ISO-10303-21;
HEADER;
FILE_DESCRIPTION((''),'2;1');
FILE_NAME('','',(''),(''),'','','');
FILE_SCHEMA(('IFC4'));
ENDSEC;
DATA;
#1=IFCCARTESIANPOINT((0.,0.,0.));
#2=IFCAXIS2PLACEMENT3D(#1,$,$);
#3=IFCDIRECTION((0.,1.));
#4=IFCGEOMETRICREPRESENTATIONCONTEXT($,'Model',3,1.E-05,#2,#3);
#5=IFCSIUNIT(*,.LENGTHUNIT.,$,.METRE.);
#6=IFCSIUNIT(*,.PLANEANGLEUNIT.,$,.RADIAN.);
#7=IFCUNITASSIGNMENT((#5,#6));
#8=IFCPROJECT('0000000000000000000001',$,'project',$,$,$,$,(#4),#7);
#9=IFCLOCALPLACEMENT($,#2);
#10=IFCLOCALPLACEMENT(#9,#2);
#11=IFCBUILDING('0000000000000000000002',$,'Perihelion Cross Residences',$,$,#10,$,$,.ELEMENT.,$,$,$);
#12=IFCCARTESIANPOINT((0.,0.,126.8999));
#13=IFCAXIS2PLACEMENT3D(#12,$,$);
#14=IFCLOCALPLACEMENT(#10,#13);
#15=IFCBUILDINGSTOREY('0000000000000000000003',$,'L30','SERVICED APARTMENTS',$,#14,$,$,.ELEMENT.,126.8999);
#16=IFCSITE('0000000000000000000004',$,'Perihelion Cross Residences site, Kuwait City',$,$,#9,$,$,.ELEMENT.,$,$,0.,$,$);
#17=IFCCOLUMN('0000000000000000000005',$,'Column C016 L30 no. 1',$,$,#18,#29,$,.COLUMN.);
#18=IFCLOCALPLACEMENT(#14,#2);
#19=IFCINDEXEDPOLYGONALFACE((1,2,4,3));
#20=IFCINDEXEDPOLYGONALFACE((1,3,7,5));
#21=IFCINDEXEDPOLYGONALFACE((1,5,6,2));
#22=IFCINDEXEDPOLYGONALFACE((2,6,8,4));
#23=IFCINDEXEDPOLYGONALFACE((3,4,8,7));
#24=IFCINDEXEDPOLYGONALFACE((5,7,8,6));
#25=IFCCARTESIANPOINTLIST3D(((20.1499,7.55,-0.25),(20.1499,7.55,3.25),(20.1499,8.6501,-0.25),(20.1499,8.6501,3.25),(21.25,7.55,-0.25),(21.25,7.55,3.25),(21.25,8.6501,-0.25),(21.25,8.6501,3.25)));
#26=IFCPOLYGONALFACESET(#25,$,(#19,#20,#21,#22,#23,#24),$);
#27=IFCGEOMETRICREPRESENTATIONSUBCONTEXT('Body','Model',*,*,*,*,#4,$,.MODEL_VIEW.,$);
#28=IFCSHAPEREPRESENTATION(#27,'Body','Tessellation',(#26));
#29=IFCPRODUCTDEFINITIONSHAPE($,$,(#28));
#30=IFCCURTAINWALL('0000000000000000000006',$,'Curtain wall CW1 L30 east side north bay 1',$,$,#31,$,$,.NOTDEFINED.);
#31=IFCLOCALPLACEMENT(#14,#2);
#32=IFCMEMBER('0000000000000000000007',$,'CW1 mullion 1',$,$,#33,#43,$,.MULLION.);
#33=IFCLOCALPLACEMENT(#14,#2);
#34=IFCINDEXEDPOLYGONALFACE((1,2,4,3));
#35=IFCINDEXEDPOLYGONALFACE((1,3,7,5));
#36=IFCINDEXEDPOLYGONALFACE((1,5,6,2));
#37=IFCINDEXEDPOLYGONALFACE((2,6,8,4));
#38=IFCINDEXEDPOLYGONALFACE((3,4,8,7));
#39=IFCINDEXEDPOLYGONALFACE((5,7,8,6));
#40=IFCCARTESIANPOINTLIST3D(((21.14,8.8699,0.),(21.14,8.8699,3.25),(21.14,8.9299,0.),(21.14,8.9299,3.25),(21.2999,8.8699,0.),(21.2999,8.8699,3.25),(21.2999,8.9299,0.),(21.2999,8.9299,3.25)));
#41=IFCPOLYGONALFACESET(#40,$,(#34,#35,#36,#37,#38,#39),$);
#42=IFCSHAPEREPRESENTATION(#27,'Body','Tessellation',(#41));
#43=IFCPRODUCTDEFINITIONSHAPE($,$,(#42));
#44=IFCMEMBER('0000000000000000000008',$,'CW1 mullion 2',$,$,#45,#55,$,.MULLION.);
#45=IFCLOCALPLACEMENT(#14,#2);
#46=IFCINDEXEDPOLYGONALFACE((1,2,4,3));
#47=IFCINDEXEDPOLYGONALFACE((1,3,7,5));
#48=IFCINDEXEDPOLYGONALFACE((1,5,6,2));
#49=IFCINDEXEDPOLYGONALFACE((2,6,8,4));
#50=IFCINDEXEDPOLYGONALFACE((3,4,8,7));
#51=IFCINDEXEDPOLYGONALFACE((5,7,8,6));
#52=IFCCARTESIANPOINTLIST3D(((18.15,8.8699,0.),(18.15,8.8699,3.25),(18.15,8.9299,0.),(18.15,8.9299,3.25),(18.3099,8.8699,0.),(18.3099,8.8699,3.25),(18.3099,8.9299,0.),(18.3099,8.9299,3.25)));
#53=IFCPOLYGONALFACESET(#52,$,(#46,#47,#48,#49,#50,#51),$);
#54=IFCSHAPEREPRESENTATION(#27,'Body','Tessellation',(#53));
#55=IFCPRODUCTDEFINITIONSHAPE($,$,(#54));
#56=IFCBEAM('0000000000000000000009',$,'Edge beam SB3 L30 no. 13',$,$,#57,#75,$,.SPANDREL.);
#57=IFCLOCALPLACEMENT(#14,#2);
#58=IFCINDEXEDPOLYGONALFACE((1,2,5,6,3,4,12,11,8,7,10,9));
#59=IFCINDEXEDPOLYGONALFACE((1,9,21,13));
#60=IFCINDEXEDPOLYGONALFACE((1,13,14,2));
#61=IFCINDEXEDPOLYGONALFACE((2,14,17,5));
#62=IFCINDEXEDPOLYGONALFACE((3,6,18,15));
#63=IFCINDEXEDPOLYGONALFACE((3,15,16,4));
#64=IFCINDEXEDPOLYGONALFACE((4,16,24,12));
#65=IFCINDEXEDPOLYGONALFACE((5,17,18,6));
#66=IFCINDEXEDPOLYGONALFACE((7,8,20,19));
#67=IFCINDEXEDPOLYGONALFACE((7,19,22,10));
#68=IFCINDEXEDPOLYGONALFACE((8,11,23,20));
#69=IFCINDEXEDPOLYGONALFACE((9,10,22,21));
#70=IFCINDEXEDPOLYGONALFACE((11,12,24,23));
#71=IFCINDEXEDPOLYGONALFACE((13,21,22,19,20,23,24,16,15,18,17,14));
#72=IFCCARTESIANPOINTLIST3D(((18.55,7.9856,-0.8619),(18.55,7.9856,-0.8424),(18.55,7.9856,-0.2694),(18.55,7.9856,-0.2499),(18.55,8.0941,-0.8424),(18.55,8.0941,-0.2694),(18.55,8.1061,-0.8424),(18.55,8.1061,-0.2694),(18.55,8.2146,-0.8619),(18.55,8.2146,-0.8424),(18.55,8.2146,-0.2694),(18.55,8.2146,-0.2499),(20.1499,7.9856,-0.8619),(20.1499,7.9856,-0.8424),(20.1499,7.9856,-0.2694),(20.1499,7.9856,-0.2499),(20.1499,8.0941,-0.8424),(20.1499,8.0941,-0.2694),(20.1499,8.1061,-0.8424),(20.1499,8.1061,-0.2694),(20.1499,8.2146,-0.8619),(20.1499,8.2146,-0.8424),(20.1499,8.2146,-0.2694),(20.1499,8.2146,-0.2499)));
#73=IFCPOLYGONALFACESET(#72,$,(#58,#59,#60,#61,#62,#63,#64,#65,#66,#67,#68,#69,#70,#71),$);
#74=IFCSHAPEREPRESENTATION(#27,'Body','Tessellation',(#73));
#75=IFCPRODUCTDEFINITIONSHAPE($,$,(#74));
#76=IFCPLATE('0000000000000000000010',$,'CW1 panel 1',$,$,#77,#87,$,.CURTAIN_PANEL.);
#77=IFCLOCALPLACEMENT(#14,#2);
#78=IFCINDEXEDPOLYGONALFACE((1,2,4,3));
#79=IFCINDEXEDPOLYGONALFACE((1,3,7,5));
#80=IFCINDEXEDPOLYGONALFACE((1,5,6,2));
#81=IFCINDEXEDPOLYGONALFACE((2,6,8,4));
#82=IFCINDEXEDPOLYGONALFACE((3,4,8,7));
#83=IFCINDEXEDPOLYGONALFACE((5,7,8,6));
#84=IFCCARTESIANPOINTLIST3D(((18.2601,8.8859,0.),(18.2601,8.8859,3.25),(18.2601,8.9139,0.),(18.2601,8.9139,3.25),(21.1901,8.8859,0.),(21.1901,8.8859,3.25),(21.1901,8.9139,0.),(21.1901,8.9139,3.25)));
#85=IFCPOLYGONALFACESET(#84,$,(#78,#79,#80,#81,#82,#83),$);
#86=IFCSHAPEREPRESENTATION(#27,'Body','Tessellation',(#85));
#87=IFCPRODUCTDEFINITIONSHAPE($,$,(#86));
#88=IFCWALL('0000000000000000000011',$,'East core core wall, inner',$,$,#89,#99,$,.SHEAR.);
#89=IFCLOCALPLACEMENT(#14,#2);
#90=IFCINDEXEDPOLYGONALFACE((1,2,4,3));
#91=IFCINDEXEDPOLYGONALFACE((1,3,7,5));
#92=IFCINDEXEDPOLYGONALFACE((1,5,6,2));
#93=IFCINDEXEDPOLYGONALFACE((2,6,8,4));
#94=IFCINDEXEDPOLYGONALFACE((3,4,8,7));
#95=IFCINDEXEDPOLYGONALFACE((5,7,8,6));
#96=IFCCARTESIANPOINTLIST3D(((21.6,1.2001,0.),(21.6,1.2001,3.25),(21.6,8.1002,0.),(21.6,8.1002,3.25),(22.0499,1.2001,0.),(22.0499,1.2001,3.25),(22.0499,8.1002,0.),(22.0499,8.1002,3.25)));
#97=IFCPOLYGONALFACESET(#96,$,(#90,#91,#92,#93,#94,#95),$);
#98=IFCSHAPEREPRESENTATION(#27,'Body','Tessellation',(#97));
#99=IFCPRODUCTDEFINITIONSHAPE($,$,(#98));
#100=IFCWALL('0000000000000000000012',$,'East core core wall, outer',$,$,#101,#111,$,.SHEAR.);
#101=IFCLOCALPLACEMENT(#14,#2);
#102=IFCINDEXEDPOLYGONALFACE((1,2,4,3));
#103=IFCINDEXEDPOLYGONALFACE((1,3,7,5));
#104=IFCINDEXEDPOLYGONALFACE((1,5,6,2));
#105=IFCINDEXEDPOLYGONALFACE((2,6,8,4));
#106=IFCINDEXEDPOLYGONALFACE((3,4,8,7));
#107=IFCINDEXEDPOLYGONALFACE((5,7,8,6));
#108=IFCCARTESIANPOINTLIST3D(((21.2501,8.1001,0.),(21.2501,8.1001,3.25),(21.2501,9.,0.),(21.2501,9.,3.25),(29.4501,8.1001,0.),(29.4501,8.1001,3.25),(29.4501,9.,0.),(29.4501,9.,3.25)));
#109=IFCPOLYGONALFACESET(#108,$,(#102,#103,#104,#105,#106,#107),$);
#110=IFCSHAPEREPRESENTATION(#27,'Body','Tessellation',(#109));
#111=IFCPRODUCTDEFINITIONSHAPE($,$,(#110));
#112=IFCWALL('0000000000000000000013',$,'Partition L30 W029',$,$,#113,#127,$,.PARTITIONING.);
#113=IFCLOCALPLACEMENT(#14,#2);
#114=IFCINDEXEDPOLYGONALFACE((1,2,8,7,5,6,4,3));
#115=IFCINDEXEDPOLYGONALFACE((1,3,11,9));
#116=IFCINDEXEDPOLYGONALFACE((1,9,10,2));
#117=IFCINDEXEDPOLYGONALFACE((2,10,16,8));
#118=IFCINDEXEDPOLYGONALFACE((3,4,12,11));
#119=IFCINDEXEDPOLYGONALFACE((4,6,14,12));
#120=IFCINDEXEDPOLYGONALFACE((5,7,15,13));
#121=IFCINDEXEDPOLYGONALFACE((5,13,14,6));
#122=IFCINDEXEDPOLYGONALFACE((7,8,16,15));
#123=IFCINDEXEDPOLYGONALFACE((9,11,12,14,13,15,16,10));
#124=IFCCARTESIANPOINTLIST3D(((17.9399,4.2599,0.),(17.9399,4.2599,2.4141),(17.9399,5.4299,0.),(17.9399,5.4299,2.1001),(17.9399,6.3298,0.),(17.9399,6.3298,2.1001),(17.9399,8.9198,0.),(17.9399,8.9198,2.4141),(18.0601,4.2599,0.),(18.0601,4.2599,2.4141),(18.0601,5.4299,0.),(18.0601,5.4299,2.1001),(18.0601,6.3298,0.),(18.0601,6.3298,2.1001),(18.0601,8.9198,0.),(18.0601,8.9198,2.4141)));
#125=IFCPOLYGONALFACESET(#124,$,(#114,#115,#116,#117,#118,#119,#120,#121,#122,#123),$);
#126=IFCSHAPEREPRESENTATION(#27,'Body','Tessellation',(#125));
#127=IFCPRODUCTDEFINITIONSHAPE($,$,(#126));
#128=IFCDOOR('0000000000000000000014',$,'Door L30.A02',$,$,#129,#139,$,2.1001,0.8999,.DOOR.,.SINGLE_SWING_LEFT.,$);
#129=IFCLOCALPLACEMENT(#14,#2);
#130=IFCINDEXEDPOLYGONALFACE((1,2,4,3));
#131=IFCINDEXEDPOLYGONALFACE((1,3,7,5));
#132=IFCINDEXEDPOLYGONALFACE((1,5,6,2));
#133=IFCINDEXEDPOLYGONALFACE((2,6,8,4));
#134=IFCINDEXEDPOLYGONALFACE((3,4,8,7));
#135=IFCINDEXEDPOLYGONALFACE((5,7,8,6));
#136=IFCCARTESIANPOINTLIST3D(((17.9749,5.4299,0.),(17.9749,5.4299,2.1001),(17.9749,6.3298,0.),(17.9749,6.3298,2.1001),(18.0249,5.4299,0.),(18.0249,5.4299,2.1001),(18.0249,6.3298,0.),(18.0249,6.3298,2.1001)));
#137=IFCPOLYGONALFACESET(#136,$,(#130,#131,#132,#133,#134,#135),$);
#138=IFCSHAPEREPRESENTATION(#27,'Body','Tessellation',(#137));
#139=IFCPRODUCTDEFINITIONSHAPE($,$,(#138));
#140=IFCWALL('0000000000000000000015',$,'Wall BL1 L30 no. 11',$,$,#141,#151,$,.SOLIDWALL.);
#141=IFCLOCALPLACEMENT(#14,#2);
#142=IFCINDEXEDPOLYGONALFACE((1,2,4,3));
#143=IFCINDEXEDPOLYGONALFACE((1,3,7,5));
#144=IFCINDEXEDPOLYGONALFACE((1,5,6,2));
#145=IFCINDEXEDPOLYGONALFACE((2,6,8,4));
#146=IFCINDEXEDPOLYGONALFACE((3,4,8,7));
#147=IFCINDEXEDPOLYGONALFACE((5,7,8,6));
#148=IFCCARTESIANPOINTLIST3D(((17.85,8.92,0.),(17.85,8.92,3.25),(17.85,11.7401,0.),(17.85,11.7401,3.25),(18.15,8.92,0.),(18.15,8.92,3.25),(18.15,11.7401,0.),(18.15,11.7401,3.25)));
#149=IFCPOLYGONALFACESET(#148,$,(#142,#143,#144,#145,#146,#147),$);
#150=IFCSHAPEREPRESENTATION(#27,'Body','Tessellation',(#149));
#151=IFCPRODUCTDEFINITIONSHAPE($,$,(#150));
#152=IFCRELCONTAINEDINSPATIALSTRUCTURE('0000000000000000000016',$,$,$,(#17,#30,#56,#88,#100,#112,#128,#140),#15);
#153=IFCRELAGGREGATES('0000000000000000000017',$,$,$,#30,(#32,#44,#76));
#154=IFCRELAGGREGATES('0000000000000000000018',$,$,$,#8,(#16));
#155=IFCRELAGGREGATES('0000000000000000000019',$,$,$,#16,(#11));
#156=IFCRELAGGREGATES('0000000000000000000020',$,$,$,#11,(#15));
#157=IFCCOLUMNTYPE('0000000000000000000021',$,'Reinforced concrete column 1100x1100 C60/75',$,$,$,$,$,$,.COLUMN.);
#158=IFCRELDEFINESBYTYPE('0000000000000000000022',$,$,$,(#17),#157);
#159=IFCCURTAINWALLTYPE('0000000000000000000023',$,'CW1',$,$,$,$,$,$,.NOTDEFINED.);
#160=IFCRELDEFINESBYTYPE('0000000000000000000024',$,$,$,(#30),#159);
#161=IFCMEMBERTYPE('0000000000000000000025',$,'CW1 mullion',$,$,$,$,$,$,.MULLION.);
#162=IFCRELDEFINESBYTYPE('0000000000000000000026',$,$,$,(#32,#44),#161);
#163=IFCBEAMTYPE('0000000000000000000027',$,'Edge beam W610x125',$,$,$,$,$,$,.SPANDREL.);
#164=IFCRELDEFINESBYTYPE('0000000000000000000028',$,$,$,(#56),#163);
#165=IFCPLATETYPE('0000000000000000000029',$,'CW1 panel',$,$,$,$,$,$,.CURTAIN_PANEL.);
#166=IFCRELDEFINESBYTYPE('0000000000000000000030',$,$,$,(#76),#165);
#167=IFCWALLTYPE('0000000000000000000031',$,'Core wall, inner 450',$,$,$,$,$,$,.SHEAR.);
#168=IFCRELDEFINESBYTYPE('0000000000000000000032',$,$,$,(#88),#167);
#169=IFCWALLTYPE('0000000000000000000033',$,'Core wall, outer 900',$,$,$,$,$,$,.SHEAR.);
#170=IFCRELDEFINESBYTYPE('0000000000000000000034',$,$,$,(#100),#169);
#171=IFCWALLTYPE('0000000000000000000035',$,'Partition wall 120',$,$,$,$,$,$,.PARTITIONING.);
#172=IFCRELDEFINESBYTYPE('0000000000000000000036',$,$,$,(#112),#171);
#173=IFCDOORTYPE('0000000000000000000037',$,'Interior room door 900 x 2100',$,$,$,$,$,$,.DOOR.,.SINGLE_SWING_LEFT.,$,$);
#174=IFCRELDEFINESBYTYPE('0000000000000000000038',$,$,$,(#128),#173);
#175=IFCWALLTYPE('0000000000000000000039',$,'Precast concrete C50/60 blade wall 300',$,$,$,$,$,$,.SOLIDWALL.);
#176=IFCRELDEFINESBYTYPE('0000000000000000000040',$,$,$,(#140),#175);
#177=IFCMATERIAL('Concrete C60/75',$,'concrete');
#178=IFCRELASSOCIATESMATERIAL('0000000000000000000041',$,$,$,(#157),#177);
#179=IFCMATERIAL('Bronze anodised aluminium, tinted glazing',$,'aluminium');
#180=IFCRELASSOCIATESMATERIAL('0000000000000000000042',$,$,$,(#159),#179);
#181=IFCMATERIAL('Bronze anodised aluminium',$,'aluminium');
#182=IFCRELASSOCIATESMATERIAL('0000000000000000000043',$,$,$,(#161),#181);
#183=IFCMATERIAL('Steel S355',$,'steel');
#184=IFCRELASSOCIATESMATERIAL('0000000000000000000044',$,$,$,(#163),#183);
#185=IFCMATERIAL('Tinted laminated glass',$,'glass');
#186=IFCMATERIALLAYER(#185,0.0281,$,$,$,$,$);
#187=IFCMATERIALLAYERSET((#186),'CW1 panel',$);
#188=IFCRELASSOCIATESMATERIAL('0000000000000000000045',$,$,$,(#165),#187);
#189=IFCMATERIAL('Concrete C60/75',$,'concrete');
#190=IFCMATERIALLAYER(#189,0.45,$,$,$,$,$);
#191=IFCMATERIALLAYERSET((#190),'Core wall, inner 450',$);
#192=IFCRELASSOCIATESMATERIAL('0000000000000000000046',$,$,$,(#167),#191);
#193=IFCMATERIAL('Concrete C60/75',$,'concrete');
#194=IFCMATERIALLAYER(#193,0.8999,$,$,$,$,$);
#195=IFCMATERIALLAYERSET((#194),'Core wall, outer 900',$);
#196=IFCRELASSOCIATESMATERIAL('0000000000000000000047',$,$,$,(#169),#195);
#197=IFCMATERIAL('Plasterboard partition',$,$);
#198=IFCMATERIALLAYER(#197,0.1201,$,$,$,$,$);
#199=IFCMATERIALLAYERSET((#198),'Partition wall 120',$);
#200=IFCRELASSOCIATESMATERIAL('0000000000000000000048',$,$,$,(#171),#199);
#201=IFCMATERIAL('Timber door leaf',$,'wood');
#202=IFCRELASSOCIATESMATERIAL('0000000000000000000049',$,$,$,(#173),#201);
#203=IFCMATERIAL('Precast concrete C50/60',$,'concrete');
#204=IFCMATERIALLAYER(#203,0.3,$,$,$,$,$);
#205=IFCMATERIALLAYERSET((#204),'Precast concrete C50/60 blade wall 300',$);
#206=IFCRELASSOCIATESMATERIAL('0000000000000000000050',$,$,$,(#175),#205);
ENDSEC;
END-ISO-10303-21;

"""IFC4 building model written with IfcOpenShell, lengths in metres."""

from ifc_helpers import new_model, si_unit, direction, frame, frame_2d, origin, origin_2d, place, context, subcontext, project, spatial, rectangle, i_section, extrude, material, layer, layer_set, material_profile, profile_set, type_object, element, fill, aggregate, save


model = new_model("IFC4")

# Units and contexts
model_context = context("Model", 3, precision=1e-05, world=origin(), true_north=direction((0.0, 1.0)))
body_context = subcontext(model_context, "Body", "Model", "MODEL_VIEW")
ifc_project = project(units=[si_unit("LENGTHUNIT", "METRE"), si_unit("PLANEANGLEUNIT", "RADIAN")], contexts=[model_context])

# Site, building, storey
site_placement = place(None, origin())
site = spatial("IfcSite", under=ifc_project, at=site_placement, Name="Perihelion Cross Residences site, Kuwait City", CompositionType="ELEMENT", RefElevation=0.0)
building_placement = place(site_placement, origin())
building = spatial("IfcBuilding", under=site, at=building_placement, Name="Perihelion Cross Residences", CompositionType="ELEMENT")
storey_placement = place(building_placement, frame((0.0, 0.0, 126.8999)))
storey = spatial("IfcBuildingStorey", under=building, at=storey_placement, Name="L30", Description="SERVICED APARTMENTS", CompositionType="ELEMENT", Elevation=126.8999)

# Column
ifc_material_1 = material(Name="Concrete C60/75", Category="concrete")
ifc_material_profile_1 = material_profile(ifc_material_1, rectangle(XDim=1.1001, YDim=1.1001, at=origin_2d()), Name="RC 1100x1100")
ifc_profile_set_1 = profile_set([ifc_material_profile_1], Name="Concrete C60/75")
column_type = type_object("IfcColumnType", Name="Reinforced concrete column 1100x1100 C60/75", PredefinedType="COLUMN", material=ifc_profile_set_1)
column_placement = place(storey_placement, frame((20.7, 8.1001, -0.25), z_axis=(0.0, 0.0, 1.0), x_axis=(1.0, 0.0, 0.0)))
element("IfcColumn", 1, at=column_placement, inside=storey, type_object=column_type, Name="Column C016 L30 no. 1", PredefinedType="COLUMN", context=body_context, shape_type="SweptSolid", body=[
    extrude(rectangle(XDim=1.1001, YDim=1.1001, at=origin_2d()), origin(), (0.0, 0.0, 1.0), 3.5),
])

# Curtain wall, members
ifc_material_2 = material(Name="Bronze anodised aluminium, tinted glazing", Category="aluminium")
curtain_wall_type = type_object("IfcCurtainWallType", Name="CW1", PredefinedType="NOTDEFINED", material=ifc_material_2)
curtain_wall_placement = place(storey_placement, origin())
curtain_wall = element("IfcCurtainWall", 2, at=curtain_wall_placement, inside=storey, type_object=curtain_wall_type, Name="Curtain wall CW1 L30 east side north bay 1", PredefinedType="NOTDEFINED")
ifc_material_3 = material(Name="Bronze anodised aluminium", Category="aluminium")
ifc_material_profile_2 = material_profile(ifc_material_3, rectangle(XDim=0.0601, YDim=0.1599, at=origin_2d()), Name="CW1 mullion")
ifc_profile_set_2 = profile_set([ifc_material_profile_2], Name="Bronze anodised aluminium")
member_type = type_object("IfcMemberType", Name="CW1 mullion", PredefinedType="MULLION", material=ifc_profile_set_2)
member_1_placement = place(storey_placement, frame((21.22, 8.8999, 0.0), z_axis=(0.0, 0.0, 1.0), x_axis=(0.0, -1.0, 0.0)))
member_1 = element("IfcMember", 3, at=member_1_placement, type_object=member_type, Name="CW1 mullion 1", PredefinedType="MULLION", context=body_context, shape_type="SweptSolid", body=[
    extrude(rectangle(XDim=0.0601, YDim=0.1599, at=origin_2d()), origin(), (0.0, 0.0, 1.0), 3.25),
])
member_2_placement = place(storey_placement, frame((18.23, 8.8999, 0.0), z_axis=(0.0, 0.0, 1.0), x_axis=(0.0, -1.0, 0.0)))
member_2 = element("IfcMember", 4, at=member_2_placement, type_object=member_type, Name="CW1 mullion 2", PredefinedType="MULLION", context=body_context, shape_type="SweptSolid", body=[
    extrude(rectangle(XDim=0.0601, YDim=0.1599, at=origin_2d()), origin(), (0.0, 0.0, 1.0), 3.25),
])

# Beam
ifc_material_4 = material(Name="Steel S355", Category="steel")
ifc_material_profile_3 = material_profile(ifc_material_4, i_section(OverallWidth=0.229, OverallDepth=0.6121, WebThickness=0.012, FlangeThickness=0.0195, at=origin_2d()), Name="W610x125")
ifc_profile_set_3 = profile_set([ifc_material_profile_3], Name="Steel S355")
beam_type = type_object("IfcBeamType", Name="Edge beam W610x125", PredefinedType="SPANDREL", material=ifc_profile_set_3)
beam_placement = place(storey_placement, frame((20.1499, 8.1001, -0.5559), z_axis=(-1.0, 0.0, 0.0), x_axis=(0.0, -1.0, 0.0)))
element("IfcBeam", 5, at=beam_placement, inside=storey, type_object=beam_type, Name="Edge beam SB3 L30 no. 13", PredefinedType="SPANDREL", context=body_context, shape_type="SweptSolid", body=[
    extrude(i_section(OverallWidth=0.229, OverallDepth=0.6121, WebThickness=0.012, FlangeThickness=0.0195, at=origin_2d()), origin(), (0.0, 0.0, 1.0), 1.5999),
])

# Plate
ifc_material_5 = material(Name="Tinted laminated glass", Category="glass")
ifc_layer_1 = layer(ifc_material_5, 0.0281)
ifc_layer_set_1 = layer_set([ifc_layer_1], Name="CW1 panel")
plate_type = type_object("IfcPlateType", Name="CW1 panel", PredefinedType="CURTAIN_PANEL", material=ifc_layer_set_1)
plate_placement = place(storey_placement, frame((19.7251, 8.8999, 0.0), z_axis=(0.0, 0.0, 1.0), x_axis=(-1.0, 0.0, 0.0)))
plate = element("IfcPlate", 6, at=plate_placement, type_object=plate_type, Name="CW1 panel 1", PredefinedType="CURTAIN_PANEL", context=body_context, shape_type="SweptSolid", body=[
    extrude(rectangle(XDim=2.9299, YDim=0.0281, at=origin_2d()), origin(), (0.0, 0.0, 1.0), 3.25),
])
aggregate(curtain_wall, [member_1, member_2, plate])

# Walls
ifc_material_6 = material(Name="Concrete C60/75", Category="concrete")
ifc_layer_2 = layer(ifc_material_6, 0.45)
ifc_layer_set_2 = layer_set([ifc_layer_2], Name="Core wall, inner 450")
wall_type_1 = type_object("IfcWallType", Name="Core wall, inner 450", PredefinedType="SHEAR", material=ifc_layer_set_2)
wall_1_placement = place(storey_placement, frame((21.825, 1.2, 0.0), z_axis=(0.0, 0.0, 1.0), x_axis=(0.0, 1.0, 0.0)))
element("IfcWall", 7, at=wall_1_placement, inside=storey, type_object=wall_type_1, Name="East core core wall, inner", PredefinedType="SHEAR", context=body_context, shape_type="SweptSolid", body=[
    extrude(rectangle(XDim=6.9001, YDim=0.45, at=frame_2d((3.4502, 0.0))), origin(), (0.0, 0.0, 1.0), 3.25),
])
ifc_material_7 = material(Name="Concrete C60/75", Category="concrete")
ifc_layer_3 = layer(ifc_material_7, 0.8999)
ifc_layer_set_3 = layer_set([ifc_layer_3], Name="Core wall, outer 900")
wall_type_2 = type_object("IfcWallType", Name="Core wall, outer 900", PredefinedType="SHEAR", material=ifc_layer_set_3)
wall_2_placement = place(storey_placement, frame((21.25, 8.55, 0.0), z_axis=(0.0, 0.0, 1.0), x_axis=(1.0, 0.0, 0.0)))
element("IfcWall", 8, at=wall_2_placement, inside=storey, type_object=wall_type_2, Name="East core core wall, outer", PredefinedType="SHEAR", context=body_context, shape_type="SweptSolid", body=[
    extrude(rectangle(XDim=8.2, YDim=0.8999, at=frame_2d((4.1001, 0.0))), origin(), (0.0, 0.0, 1.0), 3.25),
])

# Wall, opening, door
ifc_material_8 = material(Name="Plasterboard partition")
ifc_layer_4 = layer(ifc_material_8, 0.1201)
ifc_layer_set_4 = layer_set([ifc_layer_4], Name="Partition wall 120")
wall_type_3 = type_object("IfcWallType", Name="Partition wall 120", PredefinedType="PARTITIONING", material=ifc_layer_set_4)
wall_3_placement = place(storey_placement, frame((18.0, 8.9199, 0.0), z_axis=(0.0, 0.0, 1.0), x_axis=(0.0, -1.0, 0.0)))
wall_3 = element("IfcWall", 9, at=wall_3_placement, inside=storey, type_object=wall_type_3, Name="Partition L30 W029", PredefinedType="PARTITIONING", context=body_context, shape_type="SweptSolid", body=[
    extrude(rectangle(XDim=4.6599, YDim=0.1201, at=frame_2d((2.3301, 0.0))), origin(), (0.0, 0.0, 1.0), 2.4141),
])
opening_1_placement = place(wall_3_placement, frame((2.5901, 0.0, 0.0)))
opening_1 = element("IfcOpeningElement", 10, at=opening_1_placement, cuts=wall_3, PredefinedType="OPENING", context=body_context, shape_type="SweptSolid", body=[
    extrude(rectangle(XDim=0.8999, YDim=2.1001, at=frame_2d((0.45, 1.05))), frame((0.0, 0.0701, 0.0), z_axis=(0.0, -1.0, 0.0), x_axis=(1.0, 0.0, 0.0)), (0.0, 0.0, 1.0), 0.1401),
])
ifc_material_9 = material(Name="Timber door leaf", Category="wood")
door_type_1 = type_object("IfcDoorType", Name="Interior room door 900 x 2100", OperationType="SINGLE_SWING_LEFT", PredefinedType="DOOR", material=ifc_material_9)
door_1_placement = place(opening_1_placement, origin())
door_1 = element("IfcDoor", 11, at=door_1_placement, inside=storey, type_object=door_type_1, Name="Door L30.A02", OperationType="SINGLE_SWING_LEFT", OverallHeight=2.1001, OverallWidth=0.8999, PredefinedType="DOOR", context=body_context, shape_type="SweptSolid", body=[
    extrude(rectangle(XDim=0.8999, YDim=2.1001, at=frame_2d((0.45, 1.05))), frame((0.0, 0.0249, 0.0), z_axis=(0.0, -1.0, 0.0), x_axis=(1.0, 0.0, 0.0)), (0.0, 0.0, 1.0), 0.05),
])
fill(opening_1, door_1)

# Wall
ifc_material_10 = material(Name="Precast concrete C50/60", Category="concrete")
ifc_layer_5 = layer(ifc_material_10, 0.3)
ifc_layer_set_5 = layer_set([ifc_layer_5], Name="Precast concrete C50/60 blade wall 300")
wall_type_4 = type_object("IfcWallType", Name="Precast concrete C50/60 blade wall 300", PredefinedType="SOLIDWALL", material=ifc_layer_set_5)
wall_4_placement = place(storey_placement, frame((18.0, 8.9199, 0.0), z_axis=(0.0, 0.0, 1.0), x_axis=(0.0, 1.0, 0.0)))
element("IfcWall", 12, at=wall_4_placement, inside=storey, type_object=wall_type_4, Name="Wall BL1 L30 no. 11", PredefinedType="SOLIDWALL", context=body_context, shape_type="SweptSolid", body=[
    extrude(rectangle(XDim=2.8201, YDim=0.3, at=frame_2d((1.4102, 0.0))), origin(), (0.0, 0.0, 1.0), 3.25),
])

save(model, "model.ifc")
